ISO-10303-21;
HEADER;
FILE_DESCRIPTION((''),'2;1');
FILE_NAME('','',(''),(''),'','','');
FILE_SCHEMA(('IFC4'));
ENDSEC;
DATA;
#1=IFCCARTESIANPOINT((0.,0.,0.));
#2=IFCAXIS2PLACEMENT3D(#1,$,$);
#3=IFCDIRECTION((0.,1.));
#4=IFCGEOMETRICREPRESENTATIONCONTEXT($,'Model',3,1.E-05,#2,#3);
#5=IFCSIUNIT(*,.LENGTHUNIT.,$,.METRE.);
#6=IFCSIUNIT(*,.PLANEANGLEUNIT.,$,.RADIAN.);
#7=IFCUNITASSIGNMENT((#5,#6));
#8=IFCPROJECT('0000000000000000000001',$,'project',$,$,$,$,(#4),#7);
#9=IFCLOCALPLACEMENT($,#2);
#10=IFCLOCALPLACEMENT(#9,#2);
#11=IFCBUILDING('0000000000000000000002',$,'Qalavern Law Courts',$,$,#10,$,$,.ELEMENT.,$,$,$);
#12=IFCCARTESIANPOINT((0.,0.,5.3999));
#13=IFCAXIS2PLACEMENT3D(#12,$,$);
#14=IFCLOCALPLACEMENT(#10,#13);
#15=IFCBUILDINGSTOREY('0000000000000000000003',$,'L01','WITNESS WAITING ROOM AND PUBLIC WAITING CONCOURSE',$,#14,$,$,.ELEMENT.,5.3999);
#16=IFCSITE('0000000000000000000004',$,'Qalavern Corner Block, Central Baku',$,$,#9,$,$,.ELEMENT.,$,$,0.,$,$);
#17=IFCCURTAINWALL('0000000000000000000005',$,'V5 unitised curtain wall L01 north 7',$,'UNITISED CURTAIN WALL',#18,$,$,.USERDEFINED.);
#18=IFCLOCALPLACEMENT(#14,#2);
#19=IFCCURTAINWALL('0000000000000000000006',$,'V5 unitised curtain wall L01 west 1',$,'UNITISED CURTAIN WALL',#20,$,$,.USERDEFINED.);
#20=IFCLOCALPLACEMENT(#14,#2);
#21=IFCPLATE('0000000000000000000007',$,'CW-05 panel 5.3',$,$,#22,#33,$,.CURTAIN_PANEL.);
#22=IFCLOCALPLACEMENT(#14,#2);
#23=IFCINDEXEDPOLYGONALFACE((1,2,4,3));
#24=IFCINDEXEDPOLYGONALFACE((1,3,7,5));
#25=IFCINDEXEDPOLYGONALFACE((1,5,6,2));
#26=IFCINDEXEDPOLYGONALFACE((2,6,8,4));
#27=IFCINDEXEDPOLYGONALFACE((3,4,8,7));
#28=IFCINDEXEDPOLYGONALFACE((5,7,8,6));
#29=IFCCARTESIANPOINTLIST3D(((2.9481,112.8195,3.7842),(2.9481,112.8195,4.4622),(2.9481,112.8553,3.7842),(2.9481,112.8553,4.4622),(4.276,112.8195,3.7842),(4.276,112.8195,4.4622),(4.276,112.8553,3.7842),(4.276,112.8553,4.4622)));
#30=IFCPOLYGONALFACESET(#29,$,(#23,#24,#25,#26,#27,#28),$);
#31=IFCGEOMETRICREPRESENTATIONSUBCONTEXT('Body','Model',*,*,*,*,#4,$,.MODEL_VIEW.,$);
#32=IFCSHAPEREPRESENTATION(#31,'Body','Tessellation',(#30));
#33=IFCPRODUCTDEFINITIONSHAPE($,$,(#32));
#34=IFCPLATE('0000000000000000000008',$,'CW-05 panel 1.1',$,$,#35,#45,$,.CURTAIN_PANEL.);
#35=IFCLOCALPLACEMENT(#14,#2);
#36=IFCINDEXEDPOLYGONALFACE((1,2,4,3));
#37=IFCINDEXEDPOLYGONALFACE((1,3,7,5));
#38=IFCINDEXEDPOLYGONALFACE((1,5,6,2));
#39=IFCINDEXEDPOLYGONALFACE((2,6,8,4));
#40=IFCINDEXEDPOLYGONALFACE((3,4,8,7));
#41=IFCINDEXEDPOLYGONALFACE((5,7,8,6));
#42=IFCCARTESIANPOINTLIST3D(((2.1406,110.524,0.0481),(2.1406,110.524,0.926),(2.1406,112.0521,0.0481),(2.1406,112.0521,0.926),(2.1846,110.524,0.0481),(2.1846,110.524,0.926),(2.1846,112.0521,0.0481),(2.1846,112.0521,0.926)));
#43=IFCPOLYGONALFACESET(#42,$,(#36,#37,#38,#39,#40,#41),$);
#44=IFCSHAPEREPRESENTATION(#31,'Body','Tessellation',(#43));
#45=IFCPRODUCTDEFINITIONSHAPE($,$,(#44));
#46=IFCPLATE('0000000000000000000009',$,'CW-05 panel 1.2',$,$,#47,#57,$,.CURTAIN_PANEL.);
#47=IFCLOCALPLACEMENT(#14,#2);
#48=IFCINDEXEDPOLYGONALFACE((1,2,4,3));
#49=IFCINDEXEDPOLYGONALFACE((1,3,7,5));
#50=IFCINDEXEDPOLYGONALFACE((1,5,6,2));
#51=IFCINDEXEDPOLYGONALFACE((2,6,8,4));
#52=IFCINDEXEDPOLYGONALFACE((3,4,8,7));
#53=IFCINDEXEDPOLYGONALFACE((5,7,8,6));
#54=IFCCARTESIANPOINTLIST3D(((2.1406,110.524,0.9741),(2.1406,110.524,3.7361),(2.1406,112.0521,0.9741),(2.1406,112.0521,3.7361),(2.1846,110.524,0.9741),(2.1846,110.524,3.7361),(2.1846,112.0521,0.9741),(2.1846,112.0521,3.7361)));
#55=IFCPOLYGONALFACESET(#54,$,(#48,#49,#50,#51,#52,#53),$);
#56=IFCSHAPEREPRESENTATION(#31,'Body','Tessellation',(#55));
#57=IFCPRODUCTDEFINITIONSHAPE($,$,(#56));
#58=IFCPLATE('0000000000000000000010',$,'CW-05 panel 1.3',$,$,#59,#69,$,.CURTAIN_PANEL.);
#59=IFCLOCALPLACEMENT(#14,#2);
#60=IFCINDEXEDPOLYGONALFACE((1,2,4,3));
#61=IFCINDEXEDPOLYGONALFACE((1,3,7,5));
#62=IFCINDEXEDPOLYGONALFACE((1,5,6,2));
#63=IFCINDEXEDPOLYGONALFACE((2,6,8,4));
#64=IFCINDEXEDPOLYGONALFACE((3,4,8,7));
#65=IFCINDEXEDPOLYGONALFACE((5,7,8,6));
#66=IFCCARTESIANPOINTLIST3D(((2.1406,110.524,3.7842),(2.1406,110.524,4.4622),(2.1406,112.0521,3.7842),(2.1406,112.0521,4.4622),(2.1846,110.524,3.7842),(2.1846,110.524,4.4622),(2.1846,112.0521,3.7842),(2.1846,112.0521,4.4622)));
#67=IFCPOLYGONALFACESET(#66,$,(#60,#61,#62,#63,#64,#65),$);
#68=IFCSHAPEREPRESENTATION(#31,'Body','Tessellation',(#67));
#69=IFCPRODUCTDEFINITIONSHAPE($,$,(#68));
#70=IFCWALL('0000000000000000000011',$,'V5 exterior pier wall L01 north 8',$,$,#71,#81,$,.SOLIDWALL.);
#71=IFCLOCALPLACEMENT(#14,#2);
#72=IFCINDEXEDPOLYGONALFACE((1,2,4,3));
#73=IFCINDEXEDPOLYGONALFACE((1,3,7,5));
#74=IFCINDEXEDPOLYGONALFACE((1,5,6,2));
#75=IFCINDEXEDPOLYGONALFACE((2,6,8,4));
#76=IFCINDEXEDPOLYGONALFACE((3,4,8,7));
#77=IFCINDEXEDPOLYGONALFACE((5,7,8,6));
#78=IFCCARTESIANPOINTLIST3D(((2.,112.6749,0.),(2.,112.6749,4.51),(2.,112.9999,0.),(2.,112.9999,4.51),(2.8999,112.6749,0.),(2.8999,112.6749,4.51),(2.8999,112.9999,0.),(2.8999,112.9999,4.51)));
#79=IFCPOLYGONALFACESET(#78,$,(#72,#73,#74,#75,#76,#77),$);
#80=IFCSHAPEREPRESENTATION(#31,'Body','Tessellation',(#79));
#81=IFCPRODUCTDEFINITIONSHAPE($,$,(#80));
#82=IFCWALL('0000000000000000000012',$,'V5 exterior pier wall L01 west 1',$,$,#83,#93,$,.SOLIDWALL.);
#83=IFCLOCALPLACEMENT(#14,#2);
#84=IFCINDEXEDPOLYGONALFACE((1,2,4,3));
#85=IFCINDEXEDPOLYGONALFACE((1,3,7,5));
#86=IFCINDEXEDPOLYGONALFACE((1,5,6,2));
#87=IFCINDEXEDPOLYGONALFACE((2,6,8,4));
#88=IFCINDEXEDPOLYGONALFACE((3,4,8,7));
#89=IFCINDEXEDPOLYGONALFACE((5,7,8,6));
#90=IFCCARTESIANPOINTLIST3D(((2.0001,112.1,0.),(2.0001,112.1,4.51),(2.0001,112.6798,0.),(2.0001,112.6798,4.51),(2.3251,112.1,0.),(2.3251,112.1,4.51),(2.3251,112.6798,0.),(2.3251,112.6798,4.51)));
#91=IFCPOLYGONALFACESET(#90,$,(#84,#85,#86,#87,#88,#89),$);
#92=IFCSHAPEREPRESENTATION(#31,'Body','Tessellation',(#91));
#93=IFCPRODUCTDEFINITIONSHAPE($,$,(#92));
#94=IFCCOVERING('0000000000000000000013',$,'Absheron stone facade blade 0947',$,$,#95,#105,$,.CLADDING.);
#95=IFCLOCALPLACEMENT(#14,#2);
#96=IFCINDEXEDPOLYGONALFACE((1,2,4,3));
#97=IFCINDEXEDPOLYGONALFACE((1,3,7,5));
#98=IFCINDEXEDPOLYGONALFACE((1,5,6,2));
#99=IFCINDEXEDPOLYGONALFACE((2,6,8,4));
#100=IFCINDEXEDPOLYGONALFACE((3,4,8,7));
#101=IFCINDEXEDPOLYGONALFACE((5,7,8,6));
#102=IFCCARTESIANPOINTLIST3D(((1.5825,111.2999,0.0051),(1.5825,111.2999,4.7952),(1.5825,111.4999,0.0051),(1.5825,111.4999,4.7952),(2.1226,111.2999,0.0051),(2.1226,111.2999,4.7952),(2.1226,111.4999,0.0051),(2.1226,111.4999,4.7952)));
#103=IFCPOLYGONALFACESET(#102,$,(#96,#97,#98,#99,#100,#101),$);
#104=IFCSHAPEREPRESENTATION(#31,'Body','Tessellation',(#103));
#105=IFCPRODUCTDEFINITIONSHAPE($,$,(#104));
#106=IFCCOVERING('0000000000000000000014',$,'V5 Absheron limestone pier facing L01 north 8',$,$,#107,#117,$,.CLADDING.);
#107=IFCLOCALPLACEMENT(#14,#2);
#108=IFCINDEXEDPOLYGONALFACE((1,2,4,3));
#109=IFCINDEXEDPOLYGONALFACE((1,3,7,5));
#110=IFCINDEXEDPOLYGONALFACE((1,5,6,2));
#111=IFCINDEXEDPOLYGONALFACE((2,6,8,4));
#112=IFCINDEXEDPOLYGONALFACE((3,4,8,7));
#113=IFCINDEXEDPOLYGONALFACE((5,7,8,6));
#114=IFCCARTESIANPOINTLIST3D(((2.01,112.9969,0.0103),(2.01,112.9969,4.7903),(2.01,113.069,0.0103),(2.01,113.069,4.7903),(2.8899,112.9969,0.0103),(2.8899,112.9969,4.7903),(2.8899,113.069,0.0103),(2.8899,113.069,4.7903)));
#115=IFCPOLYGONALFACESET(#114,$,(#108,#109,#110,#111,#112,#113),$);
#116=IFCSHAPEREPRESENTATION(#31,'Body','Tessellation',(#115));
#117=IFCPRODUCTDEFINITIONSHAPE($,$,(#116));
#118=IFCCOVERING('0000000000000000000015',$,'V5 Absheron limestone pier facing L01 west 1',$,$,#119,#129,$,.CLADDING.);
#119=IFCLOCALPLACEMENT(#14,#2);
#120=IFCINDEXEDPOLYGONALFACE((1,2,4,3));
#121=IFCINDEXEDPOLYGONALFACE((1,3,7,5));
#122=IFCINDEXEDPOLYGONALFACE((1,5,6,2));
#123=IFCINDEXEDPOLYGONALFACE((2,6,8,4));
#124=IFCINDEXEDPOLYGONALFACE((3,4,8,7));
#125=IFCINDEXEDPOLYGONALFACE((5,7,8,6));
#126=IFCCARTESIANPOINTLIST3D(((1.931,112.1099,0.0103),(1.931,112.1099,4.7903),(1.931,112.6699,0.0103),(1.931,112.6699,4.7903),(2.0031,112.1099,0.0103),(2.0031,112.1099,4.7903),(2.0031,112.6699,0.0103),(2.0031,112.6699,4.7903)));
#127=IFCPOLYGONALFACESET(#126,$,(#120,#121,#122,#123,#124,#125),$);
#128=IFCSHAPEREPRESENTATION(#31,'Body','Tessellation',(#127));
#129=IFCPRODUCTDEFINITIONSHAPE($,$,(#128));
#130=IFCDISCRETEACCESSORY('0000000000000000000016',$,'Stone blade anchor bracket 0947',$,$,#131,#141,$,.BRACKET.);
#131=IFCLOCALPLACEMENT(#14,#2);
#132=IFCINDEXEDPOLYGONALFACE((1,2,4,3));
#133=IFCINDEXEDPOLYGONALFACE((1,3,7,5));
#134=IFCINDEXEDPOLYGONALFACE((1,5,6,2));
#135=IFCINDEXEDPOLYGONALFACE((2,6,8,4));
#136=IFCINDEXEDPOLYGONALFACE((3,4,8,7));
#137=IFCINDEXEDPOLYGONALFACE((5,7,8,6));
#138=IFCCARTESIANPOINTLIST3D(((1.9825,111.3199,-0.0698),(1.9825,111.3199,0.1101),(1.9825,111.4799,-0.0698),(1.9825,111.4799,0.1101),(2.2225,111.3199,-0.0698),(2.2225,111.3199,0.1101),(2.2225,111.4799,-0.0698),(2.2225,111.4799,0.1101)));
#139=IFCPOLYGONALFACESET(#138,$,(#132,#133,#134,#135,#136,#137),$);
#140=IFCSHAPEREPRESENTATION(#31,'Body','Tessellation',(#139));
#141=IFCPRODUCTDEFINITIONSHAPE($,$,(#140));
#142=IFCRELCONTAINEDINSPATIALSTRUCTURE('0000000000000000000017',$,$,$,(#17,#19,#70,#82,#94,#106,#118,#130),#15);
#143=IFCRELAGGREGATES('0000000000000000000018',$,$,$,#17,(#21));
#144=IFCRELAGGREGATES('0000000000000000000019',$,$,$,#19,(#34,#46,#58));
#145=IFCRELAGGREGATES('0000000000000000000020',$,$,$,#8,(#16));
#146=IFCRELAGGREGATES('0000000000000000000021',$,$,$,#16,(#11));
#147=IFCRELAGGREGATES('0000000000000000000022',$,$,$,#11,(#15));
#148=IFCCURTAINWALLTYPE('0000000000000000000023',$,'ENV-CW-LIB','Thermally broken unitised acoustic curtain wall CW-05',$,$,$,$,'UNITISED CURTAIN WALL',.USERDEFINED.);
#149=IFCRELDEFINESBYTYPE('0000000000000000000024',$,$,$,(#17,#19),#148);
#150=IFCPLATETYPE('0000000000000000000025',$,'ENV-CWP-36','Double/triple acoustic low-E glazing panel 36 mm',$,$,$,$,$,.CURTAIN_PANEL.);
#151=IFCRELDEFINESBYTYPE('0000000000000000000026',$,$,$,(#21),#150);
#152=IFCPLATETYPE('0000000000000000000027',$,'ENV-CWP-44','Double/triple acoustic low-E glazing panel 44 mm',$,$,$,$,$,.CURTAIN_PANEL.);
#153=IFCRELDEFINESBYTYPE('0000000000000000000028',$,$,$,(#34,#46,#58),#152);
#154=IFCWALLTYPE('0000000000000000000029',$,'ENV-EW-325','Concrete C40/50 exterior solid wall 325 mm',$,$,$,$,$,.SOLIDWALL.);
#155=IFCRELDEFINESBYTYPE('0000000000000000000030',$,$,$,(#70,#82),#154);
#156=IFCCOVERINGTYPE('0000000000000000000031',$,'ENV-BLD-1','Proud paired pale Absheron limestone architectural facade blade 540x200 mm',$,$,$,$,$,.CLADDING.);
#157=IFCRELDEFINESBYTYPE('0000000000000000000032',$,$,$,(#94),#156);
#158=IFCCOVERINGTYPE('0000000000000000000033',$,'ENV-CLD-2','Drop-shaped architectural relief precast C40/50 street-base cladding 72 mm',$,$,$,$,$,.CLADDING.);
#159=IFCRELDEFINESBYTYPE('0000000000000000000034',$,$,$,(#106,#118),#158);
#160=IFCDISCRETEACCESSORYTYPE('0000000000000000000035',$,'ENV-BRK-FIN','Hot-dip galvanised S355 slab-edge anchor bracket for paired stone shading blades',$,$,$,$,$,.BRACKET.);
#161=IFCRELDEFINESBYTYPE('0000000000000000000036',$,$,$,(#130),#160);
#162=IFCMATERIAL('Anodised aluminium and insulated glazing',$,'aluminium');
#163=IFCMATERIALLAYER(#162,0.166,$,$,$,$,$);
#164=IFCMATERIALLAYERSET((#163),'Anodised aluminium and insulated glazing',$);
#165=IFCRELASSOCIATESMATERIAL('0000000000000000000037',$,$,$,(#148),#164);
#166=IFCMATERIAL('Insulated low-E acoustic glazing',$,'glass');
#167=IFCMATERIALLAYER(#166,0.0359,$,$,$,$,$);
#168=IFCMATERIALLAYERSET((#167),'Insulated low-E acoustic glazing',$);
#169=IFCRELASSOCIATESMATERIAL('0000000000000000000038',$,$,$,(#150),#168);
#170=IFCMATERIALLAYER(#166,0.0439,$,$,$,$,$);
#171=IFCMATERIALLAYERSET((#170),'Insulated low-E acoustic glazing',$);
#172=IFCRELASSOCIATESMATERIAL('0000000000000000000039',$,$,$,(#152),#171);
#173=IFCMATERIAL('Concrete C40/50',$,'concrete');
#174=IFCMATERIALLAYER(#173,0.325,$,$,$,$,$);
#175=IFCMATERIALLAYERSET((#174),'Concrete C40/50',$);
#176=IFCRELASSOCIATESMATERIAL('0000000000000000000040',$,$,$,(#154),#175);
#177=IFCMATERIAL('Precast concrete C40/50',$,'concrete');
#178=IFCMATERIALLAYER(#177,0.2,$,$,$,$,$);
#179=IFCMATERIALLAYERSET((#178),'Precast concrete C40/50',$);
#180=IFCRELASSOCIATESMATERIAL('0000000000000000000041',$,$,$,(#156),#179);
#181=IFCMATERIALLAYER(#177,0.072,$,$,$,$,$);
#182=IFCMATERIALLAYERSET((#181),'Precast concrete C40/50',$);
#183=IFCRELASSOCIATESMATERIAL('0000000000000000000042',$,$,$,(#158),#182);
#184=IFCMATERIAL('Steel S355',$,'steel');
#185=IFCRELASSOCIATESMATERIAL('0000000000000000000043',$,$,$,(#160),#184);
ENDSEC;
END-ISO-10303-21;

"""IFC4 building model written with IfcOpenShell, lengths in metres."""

from ifc_helpers import new_model, si_unit, direction, frame, frame_2d, origin, origin_2d, place, context, subcontext, project, spatial, rectangle, extrude, material, layer, layer_set, type_object, element, aggregate, save


model = new_model("IFC4")

# Units and contexts
model_context = context("Model", 3, precision=1e-05, world=origin(), true_north=direction((0.0, 1.0)))
body_context = subcontext(model_context, "Body", "Model", "MODEL_VIEW")
ifc_project = project(units=[si_unit("LENGTHUNIT", "METRE"), si_unit("PLANEANGLEUNIT", "RADIAN")], contexts=[model_context])

# Site, building, storey
site_placement = place(None, origin())
site = spatial("IfcSite", under=ifc_project, at=site_placement, Name="Qalavern Corner Block, Central Baku", CompositionType="ELEMENT", RefElevation=0.0)
building_placement = place(site_placement, origin())
building = spatial("IfcBuilding", under=site, at=building_placement, Name="Qalavern Law Courts", CompositionType="ELEMENT")
storey_placement = place(building_placement, frame((0.0, 0.0, 5.3999)))
storey = spatial("IfcBuildingStorey", under=building, at=storey_placement, Name="L01", Description="WITNESS WAITING ROOM AND PUBLIC WAITING CONCOURSE", CompositionType="ELEMENT", Elevation=5.3999)

# Curtain walls
ifc_material_1 = material(Name="Anodised aluminium and insulated glazing", Category="aluminium")
ifc_layer_1 = layer(ifc_material_1, 0.166)
ifc_layer_set_1 = layer_set([ifc_layer_1], Name="Anodised aluminium and insulated glazing")
curtain_wall_type = type_object("IfcCurtainWallType", Name="ENV-CW-LIB", Description="Thermally broken unitised acoustic curtain wall CW-05", ElementType="UNITISED CURTAIN WALL", PredefinedType="USERDEFINED", material=ifc_layer_set_1)
curtain_wall_1_placement = place(storey_placement, origin())
curtain_wall_1 = element("IfcCurtainWall", 1, at=curtain_wall_1_placement, inside=storey, type_object=curtain_wall_type, Name="V5 unitised curtain wall L01 north 7", ObjectType="UNITISED CURTAIN WALL", PredefinedType="USERDEFINED")
curtain_wall_2_placement = place(storey_placement, origin())
curtain_wall_2 = element("IfcCurtainWall", 2, at=curtain_wall_2_placement, inside=storey, type_object=curtain_wall_type, Name="V5 unitised curtain wall L01 west 1", ObjectType="UNITISED CURTAIN WALL", PredefinedType="USERDEFINED")

# Shared definitions
ifc_material_2 = material(Name="Concrete C40/50", Category="concrete")

# Plates
ifc_material_3 = material(Name="Insulated low-E acoustic glazing", Category="glass")
ifc_layer_2 = layer(ifc_material_3, 0.0359)
ifc_layer_set_2 = layer_set([ifc_layer_2], Name="Insulated low-E acoustic glazing")
plate_type_1 = type_object("IfcPlateType", Name="ENV-CWP-36", Description="Double/triple acoustic low-E glazing panel 36 mm", PredefinedType="CURTAIN_PANEL", material=ifc_layer_set_2)
plate_1_placement = place(storey_placement, frame((3.6121, 112.8374, 3.7842), z_axis=(0.0, 0.0, 1.0), x_axis=(-1.0, 0.0, 0.0)))
plate_1 = element("IfcPlate", 3, at=plate_1_placement, type_object=plate_type_1, Name="CW-05 panel 5.3", PredefinedType="CURTAIN_PANEL", context=body_context, shape_type="SweptSolid", body=[
    extrude(rectangle(XDim=1.3279, YDim=0.0359, at=origin_2d()), origin(), (0.0, 0.0, 1.0), 0.678),
])
aggregate(curtain_wall_1, [plate_1])
ifc_layer_3 = layer(ifc_material_3, 0.0439)
ifc_layer_set_3 = layer_set([ifc_layer_3], Name="Insulated low-E acoustic glazing")
plate_type_2 = type_object("IfcPlateType", Name="ENV-CWP-44", Description="Double/triple acoustic low-E glazing panel 44 mm", PredefinedType="CURTAIN_PANEL", material=ifc_layer_set_3)
plate_2_placement = place(storey_placement, frame((2.1626, 111.2881, 0.0481), z_axis=(0.0, 0.0, 1.0), x_axis=(0.0, -1.0, 0.0)))
plate_2 = element("IfcPlate", 4, at=plate_2_placement, type_object=plate_type_2, Name="CW-05 panel 1.1", PredefinedType="CURTAIN_PANEL", context=body_context, shape_type="SweptSolid", body=[
    extrude(rectangle(XDim=1.5281, YDim=0.0439, at=origin_2d()), origin(), (0.0, 0.0, 1.0), 0.8779),
])
plate_3_placement = place(storey_placement, frame((2.1626, 111.2881, 0.9741), z_axis=(0.0, 0.0, 1.0), x_axis=(0.0, -1.0, 0.0)))
plate_3 = element("IfcPlate", 5, at=plate_3_placement, type_object=plate_type_2, Name="CW-05 panel 1.2", PredefinedType="CURTAIN_PANEL", context=body_context, shape_type="SweptSolid", body=[
    extrude(rectangle(XDim=1.5281, YDim=0.0439, at=origin_2d()), origin(), (0.0, 0.0, 1.0), 2.762),
])
plate_4_placement = place(storey_placement, frame((2.1626, 111.2881, 3.7842), z_axis=(0.0, 0.0, 1.0), x_axis=(0.0, -1.0, 0.0)))
plate_4 = element("IfcPlate", 6, at=plate_4_placement, type_object=plate_type_2, Name="CW-05 panel 1.3", PredefinedType="CURTAIN_PANEL", context=body_context, shape_type="SweptSolid", body=[
    extrude(rectangle(XDim=1.5281, YDim=0.0439, at=origin_2d()), origin(), (0.0, 0.0, 1.0), 0.678),
])
aggregate(curtain_wall_2, [plate_2, plate_3, plate_4])

# Walls
ifc_layer_4 = layer(ifc_material_2, 0.325)
ifc_layer_set_4 = layer_set([ifc_layer_4], Name="Concrete C40/50")
wall_type = type_object("IfcWallType", Name="ENV-EW-325", Description="Concrete C40/50 exterior solid wall 325 mm", PredefinedType="SOLIDWALL", material=ifc_layer_set_4)
wall_1_placement = place(storey_placement, frame((2.8999, 112.8374, 0.0), z_axis=(0.0, 0.0, 1.0), x_axis=(-1.0, 0.0, 0.0)))
element("IfcWall", 7, at=wall_1_placement, inside=storey, type_object=wall_type, Name="V5 exterior pier wall L01 north 8", PredefinedType="SOLIDWALL", context=body_context, shape_type="SweptSolid", body=[
    extrude(rectangle(XDim=0.8999, YDim=0.325, at=frame_2d((0.45, 0.0))), origin(), (0.0, 0.0, 1.0), 4.51),
])
wall_2_placement = place(storey_placement, frame((2.1626, 112.6799, 0.0), z_axis=(0.0, 0.0, 1.0), x_axis=(0.0, -1.0, 0.0)))
element("IfcWall", 8, at=wall_2_placement, inside=storey, type_object=wall_type, Name="V5 exterior pier wall L01 west 1", PredefinedType="SOLIDWALL", context=body_context, shape_type="SweptSolid", body=[
    extrude(rectangle(XDim=0.5798, YDim=0.325, at=frame_2d((0.29, 0.0))), origin(), (0.0, 0.0, 1.0), 4.51),
])

# Coverings
ifc_material_4 = material(Name="Precast concrete C40/50", Category="concrete")
ifc_layer_5 = layer(ifc_material_4, 0.2)
ifc_layer_set_5 = layer_set([ifc_layer_5], Name="Precast concrete C40/50")
covering_type_1 = type_object("IfcCoveringType", Name="ENV-BLD-1", Description="Proud paired pale Absheron limestone architectural facade blade 540x200 mm", PredefinedType="CLADDING", material=ifc_layer_set_5)
covering_1_placement = place(storey_placement, frame((1.8525, 111.3999, 0.0051), z_axis=(0.0, 0.0, 1.0), x_axis=(-1.0, 0.0, 0.0)))
element("IfcCovering", 9, at=covering_1_placement, inside=storey, type_object=covering_type_1, Name="Absheron stone facade blade 0947", PredefinedType="CLADDING", context=body_context, shape_type="SweptSolid", body=[
    extrude(rectangle(XDim=0.54, YDim=0.2, at=origin_2d()), origin(), (0.0, 0.0, 1.0), 4.79),
])
ifc_layer_6 = layer(ifc_material_4, 0.072)
ifc_layer_set_6 = layer_set([ifc_layer_6], Name="Precast concrete C40/50")
covering_type_2 = type_object("IfcCoveringType", Name="ENV-CLD-2", Description="Drop-shaped architectural relief precast C40/50 street-base cladding 72 mm", PredefinedType="CLADDING", material=ifc_layer_set_6)
covering_2_placement = place(storey_placement, frame((2.45, 113.033, 0.0103), z_axis=(0.0, 0.0, 1.0), x_axis=(-1.0, 0.0, 0.0)))
element("IfcCovering", 10, at=covering_2_placement, inside=storey, type_object=covering_type_2, Name="V5 Absheron limestone pier facing L01 north 8", PredefinedType="CLADDING", context=body_context, shape_type="SweptSolid", body=[
    extrude(rectangle(XDim=0.8799, YDim=0.072, at=origin_2d()), origin(), (0.0, 0.0, 1.0), 4.78),
])
covering_3_placement = place(storey_placement, frame((1.967, 112.3899, 0.0103), z_axis=(0.0, 0.0, 1.0), x_axis=(0.0, -1.0, 0.0)))
element("IfcCovering", 11, at=covering_3_placement, inside=storey, type_object=covering_type_2, Name="V5 Absheron limestone pier facing L01 west 1", PredefinedType="CLADDING", context=body_context, shape_type="SweptSolid", body=[
    extrude(rectangle(XDim=0.5601, YDim=0.072, at=origin_2d()), origin(), (0.0, 0.0, 1.0), 4.78),
])

# Discrete accessory
ifc_material_5 = material(Name="Steel S355", Category="steel")
discrete_accessory_type = type_object("IfcDiscreteAccessoryType", Name="ENV-BRK-FIN", Description="Hot-dip galvanised S355 slab-edge anchor bracket for paired stone shading blades", PredefinedType="BRACKET", material=ifc_material_5)
discrete_accessory_placement = place(storey_placement, frame((2.1025, 111.3999, -0.0698), z_axis=(0.0, 0.0, 1.0), x_axis=(-1.0, 0.0, 0.0)))
element("IfcDiscreteAccessory", 12, at=discrete_accessory_placement, inside=storey, type_object=discrete_accessory_type, Name="Stone blade anchor bracket 0947", PredefinedType="BRACKET", context=body_context, shape_type="SweptSolid", body=[
    extrude(rectangle(XDim=0.24, YDim=0.1599, at=origin_2d()), origin(), (0.0, 0.0, 1.0), 0.1799),
])

save(model, "model.ifc")
